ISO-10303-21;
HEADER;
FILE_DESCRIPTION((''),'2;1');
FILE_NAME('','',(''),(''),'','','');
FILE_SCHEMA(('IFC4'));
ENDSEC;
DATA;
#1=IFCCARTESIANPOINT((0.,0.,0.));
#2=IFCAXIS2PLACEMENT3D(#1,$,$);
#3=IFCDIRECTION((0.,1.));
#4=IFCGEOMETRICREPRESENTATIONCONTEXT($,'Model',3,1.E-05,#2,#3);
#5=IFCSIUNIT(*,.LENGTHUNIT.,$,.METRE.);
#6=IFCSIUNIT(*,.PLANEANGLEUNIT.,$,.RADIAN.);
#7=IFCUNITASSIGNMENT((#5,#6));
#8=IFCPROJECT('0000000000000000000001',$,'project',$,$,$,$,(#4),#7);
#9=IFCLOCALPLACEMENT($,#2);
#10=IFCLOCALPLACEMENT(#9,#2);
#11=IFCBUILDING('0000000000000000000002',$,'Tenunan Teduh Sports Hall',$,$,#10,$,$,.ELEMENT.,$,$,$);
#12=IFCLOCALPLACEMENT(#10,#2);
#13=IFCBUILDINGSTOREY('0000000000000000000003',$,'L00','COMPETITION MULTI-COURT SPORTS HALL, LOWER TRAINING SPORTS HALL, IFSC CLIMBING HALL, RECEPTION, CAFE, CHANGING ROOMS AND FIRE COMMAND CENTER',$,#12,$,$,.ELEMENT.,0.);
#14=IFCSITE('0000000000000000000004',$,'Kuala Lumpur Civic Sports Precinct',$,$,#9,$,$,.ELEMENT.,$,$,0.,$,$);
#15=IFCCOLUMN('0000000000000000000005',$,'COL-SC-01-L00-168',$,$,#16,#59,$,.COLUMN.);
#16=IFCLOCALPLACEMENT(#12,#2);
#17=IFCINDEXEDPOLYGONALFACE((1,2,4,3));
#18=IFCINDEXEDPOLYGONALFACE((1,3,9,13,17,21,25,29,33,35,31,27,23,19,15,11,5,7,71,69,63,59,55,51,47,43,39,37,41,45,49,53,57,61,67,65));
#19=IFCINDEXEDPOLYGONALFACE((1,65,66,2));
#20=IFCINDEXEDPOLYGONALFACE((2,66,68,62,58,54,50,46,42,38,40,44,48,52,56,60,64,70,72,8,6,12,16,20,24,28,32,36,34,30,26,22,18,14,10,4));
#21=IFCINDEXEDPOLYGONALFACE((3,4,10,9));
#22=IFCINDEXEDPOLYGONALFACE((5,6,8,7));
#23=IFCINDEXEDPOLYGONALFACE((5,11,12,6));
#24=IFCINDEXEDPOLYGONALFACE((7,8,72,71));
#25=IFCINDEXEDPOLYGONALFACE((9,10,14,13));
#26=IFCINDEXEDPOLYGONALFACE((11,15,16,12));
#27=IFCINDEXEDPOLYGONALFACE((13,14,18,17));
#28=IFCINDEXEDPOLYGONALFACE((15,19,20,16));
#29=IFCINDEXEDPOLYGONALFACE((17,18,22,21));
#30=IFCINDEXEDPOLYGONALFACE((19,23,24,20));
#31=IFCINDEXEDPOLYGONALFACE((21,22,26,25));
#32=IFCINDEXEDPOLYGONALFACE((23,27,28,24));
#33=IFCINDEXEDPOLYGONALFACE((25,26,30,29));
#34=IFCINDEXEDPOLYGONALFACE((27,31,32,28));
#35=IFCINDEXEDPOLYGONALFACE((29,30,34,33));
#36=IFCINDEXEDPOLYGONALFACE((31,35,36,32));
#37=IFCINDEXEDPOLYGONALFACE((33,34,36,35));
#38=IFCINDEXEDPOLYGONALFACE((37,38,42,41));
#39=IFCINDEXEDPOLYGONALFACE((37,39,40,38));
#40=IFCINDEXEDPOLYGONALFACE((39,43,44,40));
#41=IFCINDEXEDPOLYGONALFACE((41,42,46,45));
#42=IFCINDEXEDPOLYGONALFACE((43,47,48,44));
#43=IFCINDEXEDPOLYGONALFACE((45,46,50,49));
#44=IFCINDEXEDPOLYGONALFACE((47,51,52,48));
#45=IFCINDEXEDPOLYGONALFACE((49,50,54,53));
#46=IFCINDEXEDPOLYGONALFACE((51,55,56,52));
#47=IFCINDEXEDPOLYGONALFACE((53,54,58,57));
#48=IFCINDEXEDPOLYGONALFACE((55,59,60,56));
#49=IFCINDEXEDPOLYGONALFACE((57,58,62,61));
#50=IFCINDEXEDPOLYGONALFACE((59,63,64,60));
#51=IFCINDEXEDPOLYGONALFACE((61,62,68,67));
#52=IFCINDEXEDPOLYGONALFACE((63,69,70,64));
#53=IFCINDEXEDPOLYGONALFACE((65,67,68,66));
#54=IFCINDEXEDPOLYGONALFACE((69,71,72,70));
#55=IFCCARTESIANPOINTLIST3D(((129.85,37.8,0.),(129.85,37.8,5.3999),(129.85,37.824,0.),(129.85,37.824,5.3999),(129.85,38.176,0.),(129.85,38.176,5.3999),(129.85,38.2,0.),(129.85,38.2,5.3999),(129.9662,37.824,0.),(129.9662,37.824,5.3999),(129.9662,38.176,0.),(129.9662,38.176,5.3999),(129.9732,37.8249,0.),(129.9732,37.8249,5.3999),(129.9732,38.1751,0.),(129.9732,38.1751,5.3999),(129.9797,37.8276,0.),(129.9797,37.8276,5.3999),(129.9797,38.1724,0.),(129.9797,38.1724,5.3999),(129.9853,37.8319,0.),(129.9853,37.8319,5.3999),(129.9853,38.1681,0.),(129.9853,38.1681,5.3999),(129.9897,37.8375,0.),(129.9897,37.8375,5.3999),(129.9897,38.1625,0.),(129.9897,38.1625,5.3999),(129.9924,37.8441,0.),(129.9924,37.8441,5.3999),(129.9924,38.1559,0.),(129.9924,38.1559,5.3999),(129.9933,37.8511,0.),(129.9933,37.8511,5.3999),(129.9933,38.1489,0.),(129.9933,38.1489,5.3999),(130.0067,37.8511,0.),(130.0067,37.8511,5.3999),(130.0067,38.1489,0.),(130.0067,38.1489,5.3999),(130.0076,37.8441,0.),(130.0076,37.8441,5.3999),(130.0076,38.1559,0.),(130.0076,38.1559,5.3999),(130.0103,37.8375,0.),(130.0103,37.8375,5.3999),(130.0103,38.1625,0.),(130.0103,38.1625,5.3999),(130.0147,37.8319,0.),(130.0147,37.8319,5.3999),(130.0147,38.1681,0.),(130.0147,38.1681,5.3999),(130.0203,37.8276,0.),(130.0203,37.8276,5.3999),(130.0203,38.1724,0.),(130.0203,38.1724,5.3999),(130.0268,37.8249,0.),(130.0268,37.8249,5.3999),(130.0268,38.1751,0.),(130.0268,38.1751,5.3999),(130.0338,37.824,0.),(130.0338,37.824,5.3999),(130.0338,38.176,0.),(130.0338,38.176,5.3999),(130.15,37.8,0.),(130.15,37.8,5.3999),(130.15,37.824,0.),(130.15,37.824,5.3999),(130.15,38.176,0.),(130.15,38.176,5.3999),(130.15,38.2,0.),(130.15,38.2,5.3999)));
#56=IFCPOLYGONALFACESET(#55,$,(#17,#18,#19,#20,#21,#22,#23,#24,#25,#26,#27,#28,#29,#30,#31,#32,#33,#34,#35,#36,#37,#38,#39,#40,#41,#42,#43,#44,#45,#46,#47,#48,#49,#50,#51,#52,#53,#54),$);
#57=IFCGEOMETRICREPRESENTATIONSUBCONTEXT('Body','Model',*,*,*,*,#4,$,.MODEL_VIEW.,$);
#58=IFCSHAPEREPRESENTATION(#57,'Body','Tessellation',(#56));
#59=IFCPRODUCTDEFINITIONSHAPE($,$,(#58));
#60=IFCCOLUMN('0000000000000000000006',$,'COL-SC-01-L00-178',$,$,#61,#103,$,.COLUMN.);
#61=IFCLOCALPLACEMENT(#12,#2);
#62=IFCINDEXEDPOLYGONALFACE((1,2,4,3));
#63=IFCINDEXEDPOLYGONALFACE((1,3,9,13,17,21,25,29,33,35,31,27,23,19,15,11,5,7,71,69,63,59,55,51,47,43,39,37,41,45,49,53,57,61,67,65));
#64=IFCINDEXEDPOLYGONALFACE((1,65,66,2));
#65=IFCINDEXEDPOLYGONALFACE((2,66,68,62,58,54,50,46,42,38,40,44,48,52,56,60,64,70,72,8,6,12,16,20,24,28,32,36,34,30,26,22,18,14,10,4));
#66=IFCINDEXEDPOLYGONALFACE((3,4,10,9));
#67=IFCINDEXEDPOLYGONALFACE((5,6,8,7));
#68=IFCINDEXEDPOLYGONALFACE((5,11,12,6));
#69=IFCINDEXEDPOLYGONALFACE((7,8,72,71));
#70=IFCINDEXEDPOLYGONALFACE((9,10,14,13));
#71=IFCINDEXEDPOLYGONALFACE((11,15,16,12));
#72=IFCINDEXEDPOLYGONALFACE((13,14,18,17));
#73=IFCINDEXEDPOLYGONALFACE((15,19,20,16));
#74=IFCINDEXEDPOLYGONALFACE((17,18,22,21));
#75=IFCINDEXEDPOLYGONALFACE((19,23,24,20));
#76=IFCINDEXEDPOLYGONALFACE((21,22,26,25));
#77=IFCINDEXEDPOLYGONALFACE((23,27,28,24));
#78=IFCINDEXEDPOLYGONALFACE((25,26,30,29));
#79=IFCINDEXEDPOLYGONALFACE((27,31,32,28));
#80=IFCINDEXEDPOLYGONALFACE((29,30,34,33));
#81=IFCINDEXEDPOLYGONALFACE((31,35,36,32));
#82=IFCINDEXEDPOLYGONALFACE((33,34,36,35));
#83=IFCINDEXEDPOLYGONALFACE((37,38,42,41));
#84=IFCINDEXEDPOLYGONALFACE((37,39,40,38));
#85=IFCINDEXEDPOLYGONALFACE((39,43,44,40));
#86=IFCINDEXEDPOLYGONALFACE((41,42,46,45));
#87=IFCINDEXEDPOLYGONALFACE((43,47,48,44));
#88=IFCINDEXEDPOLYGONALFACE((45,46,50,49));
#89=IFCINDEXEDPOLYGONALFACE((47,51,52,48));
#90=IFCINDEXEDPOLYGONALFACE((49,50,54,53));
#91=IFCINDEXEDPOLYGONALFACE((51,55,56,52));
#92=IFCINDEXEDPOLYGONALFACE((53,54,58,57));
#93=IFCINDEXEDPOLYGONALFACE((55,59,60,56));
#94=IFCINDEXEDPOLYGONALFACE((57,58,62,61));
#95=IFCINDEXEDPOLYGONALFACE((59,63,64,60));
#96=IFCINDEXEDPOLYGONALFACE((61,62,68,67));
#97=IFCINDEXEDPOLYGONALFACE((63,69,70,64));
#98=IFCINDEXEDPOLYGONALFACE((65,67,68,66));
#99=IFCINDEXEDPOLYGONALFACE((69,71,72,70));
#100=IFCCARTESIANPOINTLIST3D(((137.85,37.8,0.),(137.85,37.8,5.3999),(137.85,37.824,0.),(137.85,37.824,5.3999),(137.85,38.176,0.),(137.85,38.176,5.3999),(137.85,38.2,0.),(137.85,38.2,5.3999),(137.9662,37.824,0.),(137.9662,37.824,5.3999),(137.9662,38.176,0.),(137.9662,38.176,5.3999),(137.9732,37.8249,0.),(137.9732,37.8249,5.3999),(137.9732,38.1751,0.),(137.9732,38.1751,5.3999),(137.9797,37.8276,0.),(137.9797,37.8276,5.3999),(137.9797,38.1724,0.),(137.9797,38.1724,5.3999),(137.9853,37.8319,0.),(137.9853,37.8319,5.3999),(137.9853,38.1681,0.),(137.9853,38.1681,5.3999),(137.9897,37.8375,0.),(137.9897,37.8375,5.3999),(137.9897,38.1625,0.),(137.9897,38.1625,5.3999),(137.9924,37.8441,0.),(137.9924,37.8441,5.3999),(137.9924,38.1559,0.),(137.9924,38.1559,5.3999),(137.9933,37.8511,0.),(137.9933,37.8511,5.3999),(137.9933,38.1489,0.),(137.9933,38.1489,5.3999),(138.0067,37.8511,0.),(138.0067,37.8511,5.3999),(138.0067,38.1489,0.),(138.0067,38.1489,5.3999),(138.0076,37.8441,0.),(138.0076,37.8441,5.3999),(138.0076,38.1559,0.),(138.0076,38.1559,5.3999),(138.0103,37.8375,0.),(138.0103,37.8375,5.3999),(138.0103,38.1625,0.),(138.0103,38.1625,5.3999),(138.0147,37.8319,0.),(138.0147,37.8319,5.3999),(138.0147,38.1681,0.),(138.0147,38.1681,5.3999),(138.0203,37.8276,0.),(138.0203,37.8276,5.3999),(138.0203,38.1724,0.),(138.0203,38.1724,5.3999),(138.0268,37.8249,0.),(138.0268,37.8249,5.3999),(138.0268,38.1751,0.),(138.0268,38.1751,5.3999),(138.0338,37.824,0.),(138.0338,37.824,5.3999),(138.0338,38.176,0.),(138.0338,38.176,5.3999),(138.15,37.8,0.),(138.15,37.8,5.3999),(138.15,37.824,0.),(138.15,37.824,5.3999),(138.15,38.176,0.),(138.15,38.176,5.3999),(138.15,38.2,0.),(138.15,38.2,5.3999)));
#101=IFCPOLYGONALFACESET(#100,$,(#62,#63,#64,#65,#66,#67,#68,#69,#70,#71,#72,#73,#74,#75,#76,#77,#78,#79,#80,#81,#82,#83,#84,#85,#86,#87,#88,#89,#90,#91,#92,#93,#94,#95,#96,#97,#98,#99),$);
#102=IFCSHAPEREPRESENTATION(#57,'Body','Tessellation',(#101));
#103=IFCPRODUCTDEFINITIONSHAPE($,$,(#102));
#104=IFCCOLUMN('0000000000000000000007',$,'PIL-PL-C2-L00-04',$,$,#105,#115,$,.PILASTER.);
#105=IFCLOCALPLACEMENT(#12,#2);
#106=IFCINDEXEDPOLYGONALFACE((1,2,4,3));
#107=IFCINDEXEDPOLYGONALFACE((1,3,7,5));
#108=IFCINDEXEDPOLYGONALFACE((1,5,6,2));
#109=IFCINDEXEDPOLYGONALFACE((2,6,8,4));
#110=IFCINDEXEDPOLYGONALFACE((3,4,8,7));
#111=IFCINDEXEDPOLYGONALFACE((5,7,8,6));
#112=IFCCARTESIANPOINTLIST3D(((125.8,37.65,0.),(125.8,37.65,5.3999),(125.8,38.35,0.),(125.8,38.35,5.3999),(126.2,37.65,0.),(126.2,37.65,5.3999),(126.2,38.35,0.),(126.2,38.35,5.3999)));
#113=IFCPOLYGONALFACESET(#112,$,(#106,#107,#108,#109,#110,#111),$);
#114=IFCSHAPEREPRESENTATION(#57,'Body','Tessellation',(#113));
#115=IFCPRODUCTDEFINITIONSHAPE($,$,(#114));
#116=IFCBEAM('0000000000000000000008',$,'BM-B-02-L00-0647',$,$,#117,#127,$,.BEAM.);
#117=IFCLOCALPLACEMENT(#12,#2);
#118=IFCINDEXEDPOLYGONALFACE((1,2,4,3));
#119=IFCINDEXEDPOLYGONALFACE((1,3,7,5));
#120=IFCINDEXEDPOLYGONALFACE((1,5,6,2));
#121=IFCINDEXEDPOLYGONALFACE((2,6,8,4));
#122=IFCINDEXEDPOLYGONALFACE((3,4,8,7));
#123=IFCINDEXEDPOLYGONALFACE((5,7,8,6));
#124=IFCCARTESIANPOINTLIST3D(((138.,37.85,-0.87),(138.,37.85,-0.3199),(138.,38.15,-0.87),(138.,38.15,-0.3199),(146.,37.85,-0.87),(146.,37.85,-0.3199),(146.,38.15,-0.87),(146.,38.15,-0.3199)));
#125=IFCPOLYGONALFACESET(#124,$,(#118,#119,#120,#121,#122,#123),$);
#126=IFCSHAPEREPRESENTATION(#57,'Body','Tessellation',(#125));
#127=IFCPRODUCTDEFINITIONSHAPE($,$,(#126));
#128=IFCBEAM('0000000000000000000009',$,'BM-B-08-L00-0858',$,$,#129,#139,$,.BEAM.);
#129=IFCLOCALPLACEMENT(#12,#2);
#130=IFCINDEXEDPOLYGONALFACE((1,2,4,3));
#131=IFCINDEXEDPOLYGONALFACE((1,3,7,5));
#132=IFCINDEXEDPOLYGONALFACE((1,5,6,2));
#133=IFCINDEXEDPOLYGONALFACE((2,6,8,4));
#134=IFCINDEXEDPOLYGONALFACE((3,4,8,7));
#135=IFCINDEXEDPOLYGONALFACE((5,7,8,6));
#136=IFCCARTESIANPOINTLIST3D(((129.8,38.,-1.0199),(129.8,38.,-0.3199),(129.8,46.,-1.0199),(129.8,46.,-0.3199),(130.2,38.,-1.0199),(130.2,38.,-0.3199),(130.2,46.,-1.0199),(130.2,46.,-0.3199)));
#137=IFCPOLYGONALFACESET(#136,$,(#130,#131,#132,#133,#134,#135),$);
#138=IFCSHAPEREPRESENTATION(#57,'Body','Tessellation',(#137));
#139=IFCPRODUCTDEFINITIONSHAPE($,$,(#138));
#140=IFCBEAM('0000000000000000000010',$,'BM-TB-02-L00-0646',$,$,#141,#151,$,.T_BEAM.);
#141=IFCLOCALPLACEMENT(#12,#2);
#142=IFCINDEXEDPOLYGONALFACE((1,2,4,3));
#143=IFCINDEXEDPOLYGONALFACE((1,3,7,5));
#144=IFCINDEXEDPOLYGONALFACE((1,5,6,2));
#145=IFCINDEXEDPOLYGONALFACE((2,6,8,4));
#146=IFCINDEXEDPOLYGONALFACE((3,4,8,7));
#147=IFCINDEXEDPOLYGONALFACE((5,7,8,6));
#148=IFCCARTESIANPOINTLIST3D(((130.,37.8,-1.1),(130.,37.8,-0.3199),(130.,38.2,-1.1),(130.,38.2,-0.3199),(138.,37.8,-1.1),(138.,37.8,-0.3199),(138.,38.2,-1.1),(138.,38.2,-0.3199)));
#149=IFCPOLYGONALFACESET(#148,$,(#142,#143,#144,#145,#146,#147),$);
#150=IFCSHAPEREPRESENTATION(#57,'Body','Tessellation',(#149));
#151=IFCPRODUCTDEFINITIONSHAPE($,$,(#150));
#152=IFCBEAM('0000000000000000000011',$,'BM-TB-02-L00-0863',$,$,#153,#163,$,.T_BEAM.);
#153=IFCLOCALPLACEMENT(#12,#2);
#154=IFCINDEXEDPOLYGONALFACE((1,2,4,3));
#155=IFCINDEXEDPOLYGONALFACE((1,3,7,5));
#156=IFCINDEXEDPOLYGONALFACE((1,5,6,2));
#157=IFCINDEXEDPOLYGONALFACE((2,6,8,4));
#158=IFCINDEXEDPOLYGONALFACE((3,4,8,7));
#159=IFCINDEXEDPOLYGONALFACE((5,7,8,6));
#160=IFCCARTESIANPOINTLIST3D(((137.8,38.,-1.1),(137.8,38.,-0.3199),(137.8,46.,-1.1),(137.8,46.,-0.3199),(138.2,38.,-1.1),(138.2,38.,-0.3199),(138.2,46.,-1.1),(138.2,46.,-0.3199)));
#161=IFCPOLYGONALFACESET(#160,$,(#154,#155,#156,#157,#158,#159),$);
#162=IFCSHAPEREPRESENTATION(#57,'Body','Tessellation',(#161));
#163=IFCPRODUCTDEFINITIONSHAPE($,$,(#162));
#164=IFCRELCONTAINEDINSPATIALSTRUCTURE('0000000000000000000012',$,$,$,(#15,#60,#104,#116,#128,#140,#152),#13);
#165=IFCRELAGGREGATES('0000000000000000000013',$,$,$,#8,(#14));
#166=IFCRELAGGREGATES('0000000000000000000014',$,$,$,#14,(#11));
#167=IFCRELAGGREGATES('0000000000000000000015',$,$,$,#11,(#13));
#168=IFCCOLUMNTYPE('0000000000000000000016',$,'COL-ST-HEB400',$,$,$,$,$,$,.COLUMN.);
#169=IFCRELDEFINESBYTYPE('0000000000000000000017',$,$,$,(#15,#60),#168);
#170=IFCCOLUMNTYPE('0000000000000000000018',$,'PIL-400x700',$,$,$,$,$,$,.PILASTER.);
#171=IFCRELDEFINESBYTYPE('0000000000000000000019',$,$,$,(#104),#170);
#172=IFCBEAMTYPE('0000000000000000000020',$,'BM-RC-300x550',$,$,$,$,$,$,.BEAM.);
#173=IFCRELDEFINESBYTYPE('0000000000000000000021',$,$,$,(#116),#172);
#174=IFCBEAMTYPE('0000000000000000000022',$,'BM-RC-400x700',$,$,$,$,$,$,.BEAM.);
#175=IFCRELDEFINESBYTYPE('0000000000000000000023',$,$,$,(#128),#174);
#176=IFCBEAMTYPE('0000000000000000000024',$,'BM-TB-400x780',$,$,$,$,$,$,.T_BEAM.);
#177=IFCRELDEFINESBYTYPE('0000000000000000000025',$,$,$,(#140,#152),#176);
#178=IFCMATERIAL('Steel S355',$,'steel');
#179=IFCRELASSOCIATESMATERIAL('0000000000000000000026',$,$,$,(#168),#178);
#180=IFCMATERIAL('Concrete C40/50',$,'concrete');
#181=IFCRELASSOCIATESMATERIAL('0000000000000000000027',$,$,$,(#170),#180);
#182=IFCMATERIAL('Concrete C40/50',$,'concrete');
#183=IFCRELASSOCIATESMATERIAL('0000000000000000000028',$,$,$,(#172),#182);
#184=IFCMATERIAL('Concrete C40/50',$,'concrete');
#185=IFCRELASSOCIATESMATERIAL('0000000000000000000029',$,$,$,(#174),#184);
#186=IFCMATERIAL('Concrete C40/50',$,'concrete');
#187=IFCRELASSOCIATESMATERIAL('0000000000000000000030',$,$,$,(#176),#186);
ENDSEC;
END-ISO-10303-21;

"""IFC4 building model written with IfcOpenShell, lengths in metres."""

from ifc_helpers import new_model, si_unit, direction, frame, origin, origin_2d, place, context, subcontext, project, spatial, rectangle, i_section, extrude, material, material_profile, profile_set, type_object, element, save


model = new_model("IFC4")

# Units and contexts
model_context = context("Model", 3, precision=1e-05, world=origin(), true_north=direction((0.0, 1.0)))
body_context = subcontext(model_context, "Body", "Model", "MODEL_VIEW")
ifc_project = project(units=[si_unit("LENGTHUNIT", "METRE"), si_unit("PLANEANGLEUNIT", "RADIAN")], contexts=[model_context])

# Site, building, storey
site_placement = place(None, origin())
site = spatial("IfcSite", under=ifc_project, at=site_placement, Name="Kuala Lumpur Civic Sports Precinct", CompositionType="ELEMENT", RefElevation=0.0)
building_placement = place(site_placement, origin())
building = spatial("IfcBuilding", under=site, at=building_placement, Name="Tenunan Teduh Sports Hall", CompositionType="ELEMENT")
storey_placement = place(building_placement, origin())
storey = spatial("IfcBuildingStorey", under=building, at=storey_placement, Name="L00", Description="COMPETITION MULTI-COURT SPORTS HALL, LOWER TRAINING SPORTS HALL, IFSC CLIMBING HALL, RECEPTION, CAFE, CHANGING ROOMS AND FIRE COMMAND CENTER", CompositionType="ELEMENT", Elevation=0.0)

# Columns
ifc_material_1 = material(Name="Steel S355", Category="steel")
ifc_material_profile_1 = material_profile(ifc_material_1, i_section(OverallWidth=0.3, OverallDepth=0.3999, WebThickness=0.0134, FlangeThickness=0.0239, FilletRadius=0.0271, at=origin_2d()), Name="HEB 400")
ifc_profile_set_1 = profile_set([ifc_material_profile_1], Name="Steel S355")
column_type_1 = type_object("IfcColumnType", Name="COL-ST-HEB400", PredefinedType="COLUMN", material=ifc_profile_set_1)
for number, where, z_axis, x_axis, name in (
    (1, (130.0, 38.0, 0.0), (0.0, 0.0, 1.0), (1.0, 0.0, 0.0), "COL-SC-01-L00-168"),
    (2, (138.0, 38.0, 0.0), (0.0, 0.0, 1.0), (1.0, 0.0, 0.0), "COL-SC-01-L00-178"),
):
    element("IfcColumn", number, at=place(storey_placement, frame(where, z_axis=z_axis, x_axis=x_axis)), inside=storey, type_object=column_type_1, Name=name, PredefinedType="COLUMN", context=body_context, shape_type="SweptSolid", body=[
        extrude(i_section(OverallWidth=0.3, OverallDepth=0.3999, WebThickness=0.0134, FlangeThickness=0.0239, FilletRadius=0.0271, at=origin_2d()), origin(), (0.0, 0.0, 1.0), 5.3999),
    ])
ifc_material_2 = material(Name="Concrete C40/50", Category="concrete")
ifc_material_profile_2 = material_profile(ifc_material_2, rectangle(XDim=0.3999, YDim=0.7, at=origin_2d()), Name="PIL 400x700")
ifc_profile_set_2 = profile_set([ifc_material_profile_2], Name="Concrete C40/50")
column_type_2 = type_object("IfcColumnType", Name="PIL-400x700", PredefinedType="PILASTER", material=ifc_profile_set_2)
column_placement = place(storey_placement, frame((126.0, 38.0, 0.0), z_axis=(0.0, 0.0, 1.0), x_axis=(1.0, 0.0, 0.0)))
element("IfcColumn", 3, at=column_placement, inside=storey, type_object=column_type_2, Name="PIL-PL-C2-L00-04", PredefinedType="PILASTER", context=body_context, shape_type="SweptSolid", body=[
    extrude(rectangle(XDim=0.3999, YDim=0.7, at=origin_2d()), origin(), (0.0, 0.0, 1.0), 5.3999),
])

# Beams
ifc_material_3 = material(Name="Concrete C40/50", Category="concrete")
ifc_material_profile_3 = material_profile(ifc_material_3, rectangle(XDim=0.3, YDim=0.55, at=origin_2d()), Name="RCB 300x550")
ifc_profile_set_3 = profile_set([ifc_material_profile_3], Name="Concrete C40/50")
beam_type_1 = type_object("IfcBeamType", Name="BM-RC-300x550", PredefinedType="BEAM", material=ifc_profile_set_3)
beam_1_placement = place(storey_placement, frame((138.0, 38.0, -0.595), z_axis=(1.0, 0.0, 0.0), x_axis=(0.0, 1.0, 0.0)))
element("IfcBeam", 4, at=beam_1_placement, inside=storey, type_object=beam_type_1, Name="BM-B-02-L00-0647", PredefinedType="BEAM", context=body_context, shape_type="SweptSolid", body=[
    extrude(rectangle(XDim=0.3, YDim=0.55, at=origin_2d()), origin(), (0.0, 0.0, 1.0), 8.0),
])
ifc_material_4 = material(Name="Concrete C40/50", Category="concrete")
ifc_material_profile_4 = material_profile(ifc_material_4, rectangle(XDim=0.3999, YDim=0.7, at=origin_2d()), Name="RCB 400x700")
ifc_profile_set_4 = profile_set([ifc_material_profile_4], Name="Concrete C40/50")
beam_type_2 = type_object("IfcBeamType", Name="BM-RC-400x700", PredefinedType="BEAM", material=ifc_profile_set_4)
beam_2_placement = place(storey_placement, frame((130.0, 38.0, -0.6699), z_axis=(0.0, 1.0, 0.0), x_axis=(-1.0, 0.0, 0.0)))
element("IfcBeam", 5, at=beam_2_placement, inside=storey, type_object=beam_type_2, Name="BM-B-08-L00-0858", PredefinedType="BEAM", context=body_context, shape_type="SweptSolid", body=[
    extrude(rectangle(XDim=0.3999, YDim=0.7, at=origin_2d()), origin(), (0.0, 0.0, 1.0), 8.0),
])
ifc_material_5 = material(Name="Concrete C40/50", Category="concrete")
ifc_material_profile_5 = material_profile(ifc_material_5, rectangle(XDim=0.3999, YDim=0.78, at=origin_2d()), Name="TB 400x780")
ifc_profile_set_5 = profile_set([ifc_material_profile_5], Name="Concrete C40/50")
beam_type_3 = type_object("IfcBeamType", Name="BM-TB-400x780", PredefinedType="T_BEAM", material=ifc_profile_set_5)
for number, where, z_axis, x_axis, name in (
    (6, (130.0, 38.0, -0.71), (1.0, 0.0, 0.0), (0.0, 1.0, 0.0), "BM-TB-02-L00-0646"),
    (7, (138.0, 38.0, -0.71), (0.0, 1.0, 0.0), (-1.0, 0.0, 0.0), "BM-TB-02-L00-0863"),
):
    element("IfcBeam", number, at=place(storey_placement, frame(where, z_axis=z_axis, x_axis=x_axis)), inside=storey, type_object=beam_type_3, Name=name, PredefinedType="T_BEAM", context=body_context, shape_type="SweptSolid", body=[
        extrude(rectangle(XDim=0.3999, YDim=0.78, at=origin_2d()), origin(), (0.0, 0.0, 1.0), 8.0),
    ])

save(model, "model.ifc")
